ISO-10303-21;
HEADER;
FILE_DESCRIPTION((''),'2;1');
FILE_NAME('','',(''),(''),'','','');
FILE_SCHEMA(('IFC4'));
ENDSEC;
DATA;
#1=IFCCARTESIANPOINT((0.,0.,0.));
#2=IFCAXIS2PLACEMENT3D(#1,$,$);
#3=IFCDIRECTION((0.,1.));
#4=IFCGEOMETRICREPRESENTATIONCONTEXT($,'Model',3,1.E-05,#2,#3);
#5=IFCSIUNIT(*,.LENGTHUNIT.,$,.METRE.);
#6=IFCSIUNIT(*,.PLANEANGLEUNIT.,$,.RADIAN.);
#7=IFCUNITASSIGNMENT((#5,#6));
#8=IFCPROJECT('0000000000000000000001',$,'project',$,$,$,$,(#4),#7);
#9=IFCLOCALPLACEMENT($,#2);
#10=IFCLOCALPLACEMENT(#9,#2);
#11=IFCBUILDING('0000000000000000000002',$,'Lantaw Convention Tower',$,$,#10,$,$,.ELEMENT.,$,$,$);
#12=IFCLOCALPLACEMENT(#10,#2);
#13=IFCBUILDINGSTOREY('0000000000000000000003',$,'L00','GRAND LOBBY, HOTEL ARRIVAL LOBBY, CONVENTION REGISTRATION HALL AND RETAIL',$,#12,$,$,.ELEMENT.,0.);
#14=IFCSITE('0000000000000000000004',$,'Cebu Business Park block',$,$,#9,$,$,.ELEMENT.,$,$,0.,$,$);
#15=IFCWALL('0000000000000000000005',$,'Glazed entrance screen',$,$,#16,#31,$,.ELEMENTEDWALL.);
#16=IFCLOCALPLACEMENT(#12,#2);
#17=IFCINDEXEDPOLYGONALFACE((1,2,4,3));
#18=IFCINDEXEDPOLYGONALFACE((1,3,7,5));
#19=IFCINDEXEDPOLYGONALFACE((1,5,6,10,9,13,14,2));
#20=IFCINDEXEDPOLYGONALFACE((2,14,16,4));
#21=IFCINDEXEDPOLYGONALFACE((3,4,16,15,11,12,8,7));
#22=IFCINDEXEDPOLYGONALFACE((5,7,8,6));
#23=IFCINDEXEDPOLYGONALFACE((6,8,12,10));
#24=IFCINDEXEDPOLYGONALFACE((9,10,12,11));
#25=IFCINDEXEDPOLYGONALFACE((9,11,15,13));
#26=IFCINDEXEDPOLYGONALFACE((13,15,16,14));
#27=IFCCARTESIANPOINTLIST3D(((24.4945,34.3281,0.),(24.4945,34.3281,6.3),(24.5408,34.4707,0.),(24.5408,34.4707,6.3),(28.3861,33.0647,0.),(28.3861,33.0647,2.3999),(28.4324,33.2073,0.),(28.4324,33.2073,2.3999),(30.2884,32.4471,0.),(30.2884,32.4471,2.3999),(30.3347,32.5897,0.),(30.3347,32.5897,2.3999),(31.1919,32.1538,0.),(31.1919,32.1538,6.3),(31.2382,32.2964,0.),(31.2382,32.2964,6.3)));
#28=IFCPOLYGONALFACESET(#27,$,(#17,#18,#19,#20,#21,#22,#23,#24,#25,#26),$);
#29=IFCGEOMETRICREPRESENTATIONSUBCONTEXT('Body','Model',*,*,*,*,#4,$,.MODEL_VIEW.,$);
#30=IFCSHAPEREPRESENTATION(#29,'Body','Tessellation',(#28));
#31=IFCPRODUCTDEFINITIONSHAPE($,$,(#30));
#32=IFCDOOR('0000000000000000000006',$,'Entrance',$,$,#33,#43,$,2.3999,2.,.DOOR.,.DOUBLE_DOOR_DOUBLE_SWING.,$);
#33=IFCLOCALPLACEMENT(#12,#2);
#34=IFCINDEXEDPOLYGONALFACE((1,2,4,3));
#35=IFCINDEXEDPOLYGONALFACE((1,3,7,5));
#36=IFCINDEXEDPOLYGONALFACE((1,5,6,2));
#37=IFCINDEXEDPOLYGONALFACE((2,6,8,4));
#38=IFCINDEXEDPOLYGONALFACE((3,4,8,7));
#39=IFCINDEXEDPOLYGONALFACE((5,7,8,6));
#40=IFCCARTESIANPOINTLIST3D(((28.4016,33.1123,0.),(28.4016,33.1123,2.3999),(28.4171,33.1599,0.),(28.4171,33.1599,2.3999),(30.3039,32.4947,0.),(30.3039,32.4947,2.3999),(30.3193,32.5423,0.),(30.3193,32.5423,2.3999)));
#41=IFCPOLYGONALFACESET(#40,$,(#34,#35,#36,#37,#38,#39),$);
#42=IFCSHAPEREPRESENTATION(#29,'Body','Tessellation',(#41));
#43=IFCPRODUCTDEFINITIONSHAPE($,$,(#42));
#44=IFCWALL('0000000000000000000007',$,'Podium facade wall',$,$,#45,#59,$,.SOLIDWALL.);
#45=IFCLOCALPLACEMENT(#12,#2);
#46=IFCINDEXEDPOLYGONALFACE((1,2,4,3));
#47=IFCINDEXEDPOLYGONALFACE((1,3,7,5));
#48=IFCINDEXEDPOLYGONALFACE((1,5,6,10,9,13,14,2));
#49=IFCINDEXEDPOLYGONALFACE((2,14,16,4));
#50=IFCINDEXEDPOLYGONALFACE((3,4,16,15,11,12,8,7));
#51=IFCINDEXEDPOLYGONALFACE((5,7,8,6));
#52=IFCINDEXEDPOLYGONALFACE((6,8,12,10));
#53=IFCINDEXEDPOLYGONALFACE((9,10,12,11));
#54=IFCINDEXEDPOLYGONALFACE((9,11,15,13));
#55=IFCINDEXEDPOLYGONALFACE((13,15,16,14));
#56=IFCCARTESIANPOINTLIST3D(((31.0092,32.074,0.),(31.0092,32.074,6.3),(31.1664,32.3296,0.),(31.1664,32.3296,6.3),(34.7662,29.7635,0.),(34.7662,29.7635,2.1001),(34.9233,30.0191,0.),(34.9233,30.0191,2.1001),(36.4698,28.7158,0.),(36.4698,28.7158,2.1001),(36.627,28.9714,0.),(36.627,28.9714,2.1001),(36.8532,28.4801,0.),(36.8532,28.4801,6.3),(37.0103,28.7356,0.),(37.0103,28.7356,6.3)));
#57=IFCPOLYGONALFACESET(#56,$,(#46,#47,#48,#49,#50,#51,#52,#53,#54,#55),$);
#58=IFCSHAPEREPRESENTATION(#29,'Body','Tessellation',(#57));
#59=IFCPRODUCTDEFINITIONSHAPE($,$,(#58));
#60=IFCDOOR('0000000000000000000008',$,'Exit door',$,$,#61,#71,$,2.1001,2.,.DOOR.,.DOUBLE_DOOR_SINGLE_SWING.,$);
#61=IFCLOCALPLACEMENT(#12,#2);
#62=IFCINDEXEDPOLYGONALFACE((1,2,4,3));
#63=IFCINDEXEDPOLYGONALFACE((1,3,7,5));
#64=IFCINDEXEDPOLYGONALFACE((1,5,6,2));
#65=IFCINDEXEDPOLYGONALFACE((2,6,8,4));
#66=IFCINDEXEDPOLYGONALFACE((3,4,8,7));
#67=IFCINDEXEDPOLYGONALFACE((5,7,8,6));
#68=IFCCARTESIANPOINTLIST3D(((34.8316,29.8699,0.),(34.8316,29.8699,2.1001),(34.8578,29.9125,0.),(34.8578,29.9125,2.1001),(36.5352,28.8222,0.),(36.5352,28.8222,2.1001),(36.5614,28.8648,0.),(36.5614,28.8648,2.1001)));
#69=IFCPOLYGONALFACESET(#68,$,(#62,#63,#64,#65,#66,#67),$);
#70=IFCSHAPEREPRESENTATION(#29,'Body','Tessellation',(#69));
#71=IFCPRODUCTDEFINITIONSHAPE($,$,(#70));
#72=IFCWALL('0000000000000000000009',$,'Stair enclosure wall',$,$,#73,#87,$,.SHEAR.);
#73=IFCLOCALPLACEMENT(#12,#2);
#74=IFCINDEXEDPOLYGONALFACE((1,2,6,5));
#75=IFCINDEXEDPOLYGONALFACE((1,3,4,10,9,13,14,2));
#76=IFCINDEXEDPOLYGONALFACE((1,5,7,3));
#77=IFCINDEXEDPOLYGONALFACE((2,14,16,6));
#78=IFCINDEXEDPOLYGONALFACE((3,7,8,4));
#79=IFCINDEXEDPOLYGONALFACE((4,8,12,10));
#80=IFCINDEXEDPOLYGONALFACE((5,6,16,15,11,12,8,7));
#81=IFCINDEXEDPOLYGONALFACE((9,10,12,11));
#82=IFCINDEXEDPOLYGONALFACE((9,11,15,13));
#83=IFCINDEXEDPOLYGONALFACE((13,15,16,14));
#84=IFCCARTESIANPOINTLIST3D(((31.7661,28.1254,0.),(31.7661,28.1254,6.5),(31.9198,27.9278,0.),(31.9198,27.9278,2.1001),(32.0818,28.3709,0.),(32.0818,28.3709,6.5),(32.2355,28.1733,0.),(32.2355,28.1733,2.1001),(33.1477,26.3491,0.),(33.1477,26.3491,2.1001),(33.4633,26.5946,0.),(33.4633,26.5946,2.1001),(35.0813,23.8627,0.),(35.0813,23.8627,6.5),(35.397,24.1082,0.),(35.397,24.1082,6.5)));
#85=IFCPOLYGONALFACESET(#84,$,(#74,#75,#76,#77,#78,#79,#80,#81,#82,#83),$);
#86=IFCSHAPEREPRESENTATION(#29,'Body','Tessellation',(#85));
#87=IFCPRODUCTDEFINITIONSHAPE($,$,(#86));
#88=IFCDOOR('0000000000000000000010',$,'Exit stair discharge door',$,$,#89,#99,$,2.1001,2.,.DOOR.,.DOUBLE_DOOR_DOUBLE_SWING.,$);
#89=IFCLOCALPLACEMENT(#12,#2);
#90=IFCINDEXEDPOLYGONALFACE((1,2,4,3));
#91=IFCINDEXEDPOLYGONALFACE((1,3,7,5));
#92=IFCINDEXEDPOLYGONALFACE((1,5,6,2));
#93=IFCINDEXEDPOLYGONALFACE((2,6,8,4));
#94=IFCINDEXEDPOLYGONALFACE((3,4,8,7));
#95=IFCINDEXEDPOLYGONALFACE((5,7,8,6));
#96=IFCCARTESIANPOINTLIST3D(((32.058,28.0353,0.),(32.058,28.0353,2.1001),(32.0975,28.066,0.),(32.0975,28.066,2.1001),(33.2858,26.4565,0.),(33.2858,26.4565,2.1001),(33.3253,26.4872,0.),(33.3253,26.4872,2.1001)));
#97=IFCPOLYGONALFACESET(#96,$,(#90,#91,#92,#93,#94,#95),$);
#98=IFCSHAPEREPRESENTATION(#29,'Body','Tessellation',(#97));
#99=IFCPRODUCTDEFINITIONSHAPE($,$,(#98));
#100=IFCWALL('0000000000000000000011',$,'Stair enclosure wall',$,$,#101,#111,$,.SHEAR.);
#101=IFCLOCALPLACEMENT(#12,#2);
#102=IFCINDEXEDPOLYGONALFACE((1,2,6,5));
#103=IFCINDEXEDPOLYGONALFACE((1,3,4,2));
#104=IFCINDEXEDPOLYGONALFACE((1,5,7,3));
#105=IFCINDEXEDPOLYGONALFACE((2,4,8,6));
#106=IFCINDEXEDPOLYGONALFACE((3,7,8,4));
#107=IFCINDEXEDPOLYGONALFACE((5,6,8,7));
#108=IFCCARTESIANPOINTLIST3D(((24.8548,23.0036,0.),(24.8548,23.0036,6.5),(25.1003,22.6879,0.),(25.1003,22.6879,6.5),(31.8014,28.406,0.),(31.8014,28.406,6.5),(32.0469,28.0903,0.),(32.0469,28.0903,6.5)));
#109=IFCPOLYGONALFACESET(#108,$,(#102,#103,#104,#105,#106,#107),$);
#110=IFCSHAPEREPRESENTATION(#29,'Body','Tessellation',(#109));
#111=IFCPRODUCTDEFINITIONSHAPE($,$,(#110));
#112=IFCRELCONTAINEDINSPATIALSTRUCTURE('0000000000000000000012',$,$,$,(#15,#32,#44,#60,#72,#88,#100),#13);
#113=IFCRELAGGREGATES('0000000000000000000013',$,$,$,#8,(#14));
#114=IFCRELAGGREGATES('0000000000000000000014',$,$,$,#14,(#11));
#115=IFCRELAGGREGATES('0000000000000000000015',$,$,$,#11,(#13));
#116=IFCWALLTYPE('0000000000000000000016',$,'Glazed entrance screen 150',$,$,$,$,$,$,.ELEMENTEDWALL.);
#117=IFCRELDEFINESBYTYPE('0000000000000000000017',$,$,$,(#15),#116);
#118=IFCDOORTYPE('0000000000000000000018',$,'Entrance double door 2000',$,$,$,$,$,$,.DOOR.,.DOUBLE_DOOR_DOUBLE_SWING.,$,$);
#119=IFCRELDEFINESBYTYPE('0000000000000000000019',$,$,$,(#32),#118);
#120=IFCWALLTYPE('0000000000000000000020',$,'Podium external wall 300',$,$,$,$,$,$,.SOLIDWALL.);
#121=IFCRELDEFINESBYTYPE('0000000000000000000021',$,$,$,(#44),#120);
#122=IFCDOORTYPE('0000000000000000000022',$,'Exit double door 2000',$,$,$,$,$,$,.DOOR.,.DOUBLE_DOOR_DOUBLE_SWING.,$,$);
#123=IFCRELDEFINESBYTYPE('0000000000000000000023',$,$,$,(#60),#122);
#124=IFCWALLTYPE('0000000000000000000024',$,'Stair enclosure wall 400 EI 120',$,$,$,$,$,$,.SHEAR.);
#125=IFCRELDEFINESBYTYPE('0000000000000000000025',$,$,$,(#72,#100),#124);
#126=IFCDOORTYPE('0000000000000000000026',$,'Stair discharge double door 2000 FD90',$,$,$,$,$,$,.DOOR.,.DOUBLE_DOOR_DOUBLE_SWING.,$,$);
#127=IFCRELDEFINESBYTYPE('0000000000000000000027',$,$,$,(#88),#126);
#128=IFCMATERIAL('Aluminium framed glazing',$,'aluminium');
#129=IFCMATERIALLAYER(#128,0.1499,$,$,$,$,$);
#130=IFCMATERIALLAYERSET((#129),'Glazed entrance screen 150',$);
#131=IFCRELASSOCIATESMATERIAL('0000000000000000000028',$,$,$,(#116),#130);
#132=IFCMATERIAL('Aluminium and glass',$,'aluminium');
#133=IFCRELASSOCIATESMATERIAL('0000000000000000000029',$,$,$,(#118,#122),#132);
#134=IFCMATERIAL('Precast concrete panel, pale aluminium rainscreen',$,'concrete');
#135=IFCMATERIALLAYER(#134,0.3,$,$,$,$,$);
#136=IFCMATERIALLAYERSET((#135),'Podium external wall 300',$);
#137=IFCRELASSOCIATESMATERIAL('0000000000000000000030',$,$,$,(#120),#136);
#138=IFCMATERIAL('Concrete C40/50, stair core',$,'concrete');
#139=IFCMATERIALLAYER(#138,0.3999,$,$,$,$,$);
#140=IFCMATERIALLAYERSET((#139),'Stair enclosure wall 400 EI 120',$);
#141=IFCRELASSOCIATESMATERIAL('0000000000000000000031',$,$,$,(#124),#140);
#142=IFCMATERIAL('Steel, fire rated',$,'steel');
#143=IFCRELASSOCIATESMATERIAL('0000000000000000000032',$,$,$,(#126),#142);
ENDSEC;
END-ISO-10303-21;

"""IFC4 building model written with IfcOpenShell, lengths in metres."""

from ifc_helpers import new_model, si_unit, direction, frame, frame_2d, origin, place, context, subcontext, project, spatial, rectangle, extrude, material, layer, layer_set, type_object, element, fill, save


model = new_model("IFC4")

# Units and contexts
model_context = context("Model", 3, precision=1e-05, world=origin(), true_north=direction((0.0, 1.0)))
body_context = subcontext(model_context, "Body", "Model", "MODEL_VIEW")
ifc_project = project(units=[si_unit("LENGTHUNIT", "METRE"), si_unit("PLANEANGLEUNIT", "RADIAN")], contexts=[model_context])

# Site, building, storey
site_placement = place(None, origin())
site = spatial("IfcSite", under=ifc_project, at=site_placement, Name="Cebu Business Park block", CompositionType="ELEMENT", RefElevation=0.0)
building_placement = place(site_placement, origin())
building = spatial("IfcBuilding", under=site, at=building_placement, Name="Lantaw Convention Tower", CompositionType="ELEMENT")
storey_placement = place(building_placement, origin())
storey = spatial("IfcBuildingStorey", under=building, at=storey_placement, Name="L00", Description="GRAND LOBBY, HOTEL ARRIVAL LOBBY, CONVENTION REGISTRATION HALL AND RETAIL", CompositionType="ELEMENT", Elevation=0.0)

# Walls, openings, doors
ifc_material_1 = material(Name="Aluminium framed glazing", Category="aluminium")
ifc_layer_1 = layer(ifc_material_1, 0.1499)
ifc_layer_set_1 = layer_set([ifc_layer_1], Name="Glazed entrance screen 150")
wall_type_1 = type_object("IfcWallType", Name="Glazed entrance screen 150", PredefinedType="ELEMENTEDWALL", material=ifc_layer_set_1)
ifc_material_2 = material(Name="Aluminium and glass", Category="aluminium")
door_type_1 = type_object("IfcDoorType", Name="Entrance double door 2000", OperationType="DOUBLE_DOOR_DOUBLE_SWING", PredefinedType="DOOR", material=ifc_material_2)
wall_1_placement = place(storey_placement, frame((31.2151, 32.2251, 0.0), z_axis=(0.0, 0.0, 1.0), x_axis=(-0.951133, 0.308781, 0.0)))
wall_1 = element("IfcWall", 1, at=wall_1_placement, inside=storey, type_object=wall_type_1, Name="Glazed entrance screen", PredefinedType="ELEMENTEDWALL", context=body_context, shape_type="SweptSolid", body=[
    extrude(rectangle(XDim=7.0415, YDim=0.1499, at=frame_2d((3.5208, 0.0))), origin(), (0.0, 0.0, 1.0), 6.3),
])
opening_1_placement = place(wall_1_placement, frame((0.95, 0.0, 0.0)))
opening_1 = element("IfcOpeningElement", 2, at=opening_1_placement, cuts=wall_1, PredefinedType="OPENING", context=body_context, shape_type="SweptSolid", body=[
    extrude(rectangle(XDim=2.0, YDim=2.3999, at=frame_2d((1.0, 1.2))), frame((0.0, 0.085, 0.0), z_axis=(0.0, -1.0, 0.0), x_axis=(1.0, 0.0, 0.0)), (0.0, 0.0, 1.0), 0.1699),
])
door_1_placement = place(opening_1_placement, origin())
door_1 = element("IfcDoor", 3, at=door_1_placement, inside=storey, type_object=door_type_1, Name="Entrance", OperationType="DOUBLE_DOOR_DOUBLE_SWING", OverallHeight=2.3999, OverallWidth=2.0, PredefinedType="DOOR", context=body_context, shape_type="SweptSolid", body=[
    extrude(rectangle(XDim=2.0, YDim=2.3999, at=frame_2d((1.0, 1.2))), frame((0.0, 0.0249, 0.0), z_axis=(0.0, -1.0, 0.0), x_axis=(1.0, 0.0, 0.0)), (0.0, 0.0, 1.0), 0.05),
])
fill(opening_1, door_1)
ifc_material_3 = material(Name="Precast concrete panel, pale aluminium rainscreen", Category="concrete")
ifc_layer_2 = layer(ifc_material_3, 0.3)
ifc_layer_set_2 = layer_set([ifc_layer_2], Name="Podium external wall 300")
wall_type_2 = type_object("IfcWallType", Name="Podium external wall 300", PredefinedType="SOLIDWALL", material=ifc_layer_set_2)
wall_2_placement = place(storey_placement, frame((36.9316, 28.6079, 0.0), z_axis=(0.0, 0.0, 1.0), x_axis=(-0.851809, 0.523853, 0.0)))
wall_2 = element("IfcWall", 4, at=wall_2_placement, inside=storey, type_object=wall_type_2, Name="Podium facade wall", PredefinedType="SOLIDWALL", context=body_context, shape_type="SweptSolid", body=[
    extrude(rectangle(XDim=6.8606, YDim=0.3, at=frame_2d((3.4302, 0.0))), origin(), (0.0, 0.0, 1.0), 6.3),
])
opening_2_placement = place(wall_2_placement, frame((0.45, 0.0, 0.0)))
opening_2 = element("IfcOpeningElement", 5, at=opening_2_placement, cuts=wall_2, PredefinedType="OPENING", context=body_context, shape_type="SweptSolid", body=[
    extrude(rectangle(XDim=2.0, YDim=2.1001, at=frame_2d((1.0, 1.05))), frame((0.0, 0.1599, 0.0), z_axis=(0.0, -1.0, 0.0), x_axis=(1.0, 0.0, 0.0)), (0.0, 0.0, 1.0), 0.3201),
])
door_type_2 = type_object("IfcDoorType", Name="Exit double door 2000", OperationType="DOUBLE_DOOR_DOUBLE_SWING", PredefinedType="DOOR", material=ifc_material_2)
door_2_placement = place(opening_2_placement, frame((2.0, 0.0, 0.0), z_axis=(0.0, 0.0, 1.0), x_axis=(-1.0, 0.0, 0.0)))
door_2 = element("IfcDoor", 6, at=door_2_placement, inside=storey, type_object=door_type_2, Name="Exit door", OperationType="DOUBLE_DOOR_SINGLE_SWING", OverallHeight=2.1001, OverallWidth=2.0, PredefinedType="DOOR", context=body_context, shape_type="SweptSolid", body=[
    extrude(rectangle(XDim=2.0, YDim=2.1001, at=frame_2d((1.0, 1.05))), frame((0.0, 0.0249, 0.0), z_axis=(0.0, -1.0, 0.0), x_axis=(1.0, 0.0, 0.0)), (0.0, 0.0, 1.0), 0.05),
])
fill(opening_2, door_2)
ifc_material_4 = material(Name="Concrete C40/50, stair core", Category="concrete")
ifc_layer_3 = layer(ifc_material_4, 0.3999)
ifc_layer_set_3 = layer_set([ifc_layer_3], Name="Stair enclosure wall 400 EI 120")
wall_type_3 = type_object("IfcWallType", Name="Stair enclosure wall 400 EI 120", PredefinedType="SHEAR", material=ifc_layer_set_3)
wall_3_placement = place(storey_placement, frame((35.2393, 23.9854, 0.0), z_axis=(0.0, 0.0, 1.0), x_axis=(-0.613912, 0.789374, 0.0)))
wall_3 = element("IfcWall", 7, at=wall_3_placement, inside=storey, type_object=wall_type_3, Name="Stair enclosure wall", PredefinedType="SHEAR", context=body_context, shape_type="SweptSolid", body=[
    extrude(rectangle(XDim=5.4001, YDim=0.3999, at=frame_2d((2.7002, 0.0))), origin(), (0.0, 0.0, 1.0), 6.5),
])
opening_3_placement = place(wall_3_placement, frame((3.1499, 0.0, 0.0)))
opening_3 = element("IfcOpeningElement", 8, at=opening_3_placement, cuts=wall_3, PredefinedType="OPENING", context=body_context, shape_type="SweptSolid", body=[
    extrude(rectangle(XDim=2.0, YDim=2.1001, at=frame_2d((1.0, 1.05))), frame((0.0, 0.21, 0.0), z_axis=(0.0, -1.0, 0.0), x_axis=(1.0, 0.0, 0.0)), (0.0, 0.0, 1.0), 0.4199),
])
ifc_material_5 = material(Name="Steel, fire rated", Category="steel")
door_type_3 = type_object("IfcDoorType", Name="Stair discharge double door 2000 FD90", OperationType="DOUBLE_DOOR_DOUBLE_SWING", PredefinedType="DOOR", material=ifc_material_5)
door_3_placement = place(opening_3_placement, origin())
door_3 = element("IfcDoor", 9, at=door_3_placement, inside=storey, type_object=door_type_3, Name="Exit stair discharge door", OperationType="DOUBLE_DOOR_DOUBLE_SWING", OverallHeight=2.1001, OverallWidth=2.0, PredefinedType="DOOR", context=body_context, shape_type="SweptSolid", body=[
    extrude(rectangle(XDim=2.0, YDim=2.1001, at=frame_2d((1.0, 1.05))), frame((0.0, 0.0249, 0.0), z_axis=(0.0, -1.0, 0.0), x_axis=(1.0, 0.0, 0.0)), (0.0, 0.0, 1.0), 0.05),
])
fill(opening_3, door_3)

# Wall
wall_4_placement = place(storey_placement, frame((31.9241, 28.248, 0.0), z_axis=(0.0, 0.0, 1.0), x_axis=(-0.789381, -0.613904, 0.0)))
element("IfcWall", 10, at=wall_4_placement, inside=storey, type_object=wall_type_3, Name="Stair enclosure wall", PredefinedType="SHEAR", context=body_context, shape_type="SweptSolid", body=[
    extrude(rectangle(XDim=8.8, YDim=0.3999, at=frame_2d((4.3999, 0.0))), origin(), (0.0, 0.0, 1.0), 6.5),
])

save(model, "model.ifc")
